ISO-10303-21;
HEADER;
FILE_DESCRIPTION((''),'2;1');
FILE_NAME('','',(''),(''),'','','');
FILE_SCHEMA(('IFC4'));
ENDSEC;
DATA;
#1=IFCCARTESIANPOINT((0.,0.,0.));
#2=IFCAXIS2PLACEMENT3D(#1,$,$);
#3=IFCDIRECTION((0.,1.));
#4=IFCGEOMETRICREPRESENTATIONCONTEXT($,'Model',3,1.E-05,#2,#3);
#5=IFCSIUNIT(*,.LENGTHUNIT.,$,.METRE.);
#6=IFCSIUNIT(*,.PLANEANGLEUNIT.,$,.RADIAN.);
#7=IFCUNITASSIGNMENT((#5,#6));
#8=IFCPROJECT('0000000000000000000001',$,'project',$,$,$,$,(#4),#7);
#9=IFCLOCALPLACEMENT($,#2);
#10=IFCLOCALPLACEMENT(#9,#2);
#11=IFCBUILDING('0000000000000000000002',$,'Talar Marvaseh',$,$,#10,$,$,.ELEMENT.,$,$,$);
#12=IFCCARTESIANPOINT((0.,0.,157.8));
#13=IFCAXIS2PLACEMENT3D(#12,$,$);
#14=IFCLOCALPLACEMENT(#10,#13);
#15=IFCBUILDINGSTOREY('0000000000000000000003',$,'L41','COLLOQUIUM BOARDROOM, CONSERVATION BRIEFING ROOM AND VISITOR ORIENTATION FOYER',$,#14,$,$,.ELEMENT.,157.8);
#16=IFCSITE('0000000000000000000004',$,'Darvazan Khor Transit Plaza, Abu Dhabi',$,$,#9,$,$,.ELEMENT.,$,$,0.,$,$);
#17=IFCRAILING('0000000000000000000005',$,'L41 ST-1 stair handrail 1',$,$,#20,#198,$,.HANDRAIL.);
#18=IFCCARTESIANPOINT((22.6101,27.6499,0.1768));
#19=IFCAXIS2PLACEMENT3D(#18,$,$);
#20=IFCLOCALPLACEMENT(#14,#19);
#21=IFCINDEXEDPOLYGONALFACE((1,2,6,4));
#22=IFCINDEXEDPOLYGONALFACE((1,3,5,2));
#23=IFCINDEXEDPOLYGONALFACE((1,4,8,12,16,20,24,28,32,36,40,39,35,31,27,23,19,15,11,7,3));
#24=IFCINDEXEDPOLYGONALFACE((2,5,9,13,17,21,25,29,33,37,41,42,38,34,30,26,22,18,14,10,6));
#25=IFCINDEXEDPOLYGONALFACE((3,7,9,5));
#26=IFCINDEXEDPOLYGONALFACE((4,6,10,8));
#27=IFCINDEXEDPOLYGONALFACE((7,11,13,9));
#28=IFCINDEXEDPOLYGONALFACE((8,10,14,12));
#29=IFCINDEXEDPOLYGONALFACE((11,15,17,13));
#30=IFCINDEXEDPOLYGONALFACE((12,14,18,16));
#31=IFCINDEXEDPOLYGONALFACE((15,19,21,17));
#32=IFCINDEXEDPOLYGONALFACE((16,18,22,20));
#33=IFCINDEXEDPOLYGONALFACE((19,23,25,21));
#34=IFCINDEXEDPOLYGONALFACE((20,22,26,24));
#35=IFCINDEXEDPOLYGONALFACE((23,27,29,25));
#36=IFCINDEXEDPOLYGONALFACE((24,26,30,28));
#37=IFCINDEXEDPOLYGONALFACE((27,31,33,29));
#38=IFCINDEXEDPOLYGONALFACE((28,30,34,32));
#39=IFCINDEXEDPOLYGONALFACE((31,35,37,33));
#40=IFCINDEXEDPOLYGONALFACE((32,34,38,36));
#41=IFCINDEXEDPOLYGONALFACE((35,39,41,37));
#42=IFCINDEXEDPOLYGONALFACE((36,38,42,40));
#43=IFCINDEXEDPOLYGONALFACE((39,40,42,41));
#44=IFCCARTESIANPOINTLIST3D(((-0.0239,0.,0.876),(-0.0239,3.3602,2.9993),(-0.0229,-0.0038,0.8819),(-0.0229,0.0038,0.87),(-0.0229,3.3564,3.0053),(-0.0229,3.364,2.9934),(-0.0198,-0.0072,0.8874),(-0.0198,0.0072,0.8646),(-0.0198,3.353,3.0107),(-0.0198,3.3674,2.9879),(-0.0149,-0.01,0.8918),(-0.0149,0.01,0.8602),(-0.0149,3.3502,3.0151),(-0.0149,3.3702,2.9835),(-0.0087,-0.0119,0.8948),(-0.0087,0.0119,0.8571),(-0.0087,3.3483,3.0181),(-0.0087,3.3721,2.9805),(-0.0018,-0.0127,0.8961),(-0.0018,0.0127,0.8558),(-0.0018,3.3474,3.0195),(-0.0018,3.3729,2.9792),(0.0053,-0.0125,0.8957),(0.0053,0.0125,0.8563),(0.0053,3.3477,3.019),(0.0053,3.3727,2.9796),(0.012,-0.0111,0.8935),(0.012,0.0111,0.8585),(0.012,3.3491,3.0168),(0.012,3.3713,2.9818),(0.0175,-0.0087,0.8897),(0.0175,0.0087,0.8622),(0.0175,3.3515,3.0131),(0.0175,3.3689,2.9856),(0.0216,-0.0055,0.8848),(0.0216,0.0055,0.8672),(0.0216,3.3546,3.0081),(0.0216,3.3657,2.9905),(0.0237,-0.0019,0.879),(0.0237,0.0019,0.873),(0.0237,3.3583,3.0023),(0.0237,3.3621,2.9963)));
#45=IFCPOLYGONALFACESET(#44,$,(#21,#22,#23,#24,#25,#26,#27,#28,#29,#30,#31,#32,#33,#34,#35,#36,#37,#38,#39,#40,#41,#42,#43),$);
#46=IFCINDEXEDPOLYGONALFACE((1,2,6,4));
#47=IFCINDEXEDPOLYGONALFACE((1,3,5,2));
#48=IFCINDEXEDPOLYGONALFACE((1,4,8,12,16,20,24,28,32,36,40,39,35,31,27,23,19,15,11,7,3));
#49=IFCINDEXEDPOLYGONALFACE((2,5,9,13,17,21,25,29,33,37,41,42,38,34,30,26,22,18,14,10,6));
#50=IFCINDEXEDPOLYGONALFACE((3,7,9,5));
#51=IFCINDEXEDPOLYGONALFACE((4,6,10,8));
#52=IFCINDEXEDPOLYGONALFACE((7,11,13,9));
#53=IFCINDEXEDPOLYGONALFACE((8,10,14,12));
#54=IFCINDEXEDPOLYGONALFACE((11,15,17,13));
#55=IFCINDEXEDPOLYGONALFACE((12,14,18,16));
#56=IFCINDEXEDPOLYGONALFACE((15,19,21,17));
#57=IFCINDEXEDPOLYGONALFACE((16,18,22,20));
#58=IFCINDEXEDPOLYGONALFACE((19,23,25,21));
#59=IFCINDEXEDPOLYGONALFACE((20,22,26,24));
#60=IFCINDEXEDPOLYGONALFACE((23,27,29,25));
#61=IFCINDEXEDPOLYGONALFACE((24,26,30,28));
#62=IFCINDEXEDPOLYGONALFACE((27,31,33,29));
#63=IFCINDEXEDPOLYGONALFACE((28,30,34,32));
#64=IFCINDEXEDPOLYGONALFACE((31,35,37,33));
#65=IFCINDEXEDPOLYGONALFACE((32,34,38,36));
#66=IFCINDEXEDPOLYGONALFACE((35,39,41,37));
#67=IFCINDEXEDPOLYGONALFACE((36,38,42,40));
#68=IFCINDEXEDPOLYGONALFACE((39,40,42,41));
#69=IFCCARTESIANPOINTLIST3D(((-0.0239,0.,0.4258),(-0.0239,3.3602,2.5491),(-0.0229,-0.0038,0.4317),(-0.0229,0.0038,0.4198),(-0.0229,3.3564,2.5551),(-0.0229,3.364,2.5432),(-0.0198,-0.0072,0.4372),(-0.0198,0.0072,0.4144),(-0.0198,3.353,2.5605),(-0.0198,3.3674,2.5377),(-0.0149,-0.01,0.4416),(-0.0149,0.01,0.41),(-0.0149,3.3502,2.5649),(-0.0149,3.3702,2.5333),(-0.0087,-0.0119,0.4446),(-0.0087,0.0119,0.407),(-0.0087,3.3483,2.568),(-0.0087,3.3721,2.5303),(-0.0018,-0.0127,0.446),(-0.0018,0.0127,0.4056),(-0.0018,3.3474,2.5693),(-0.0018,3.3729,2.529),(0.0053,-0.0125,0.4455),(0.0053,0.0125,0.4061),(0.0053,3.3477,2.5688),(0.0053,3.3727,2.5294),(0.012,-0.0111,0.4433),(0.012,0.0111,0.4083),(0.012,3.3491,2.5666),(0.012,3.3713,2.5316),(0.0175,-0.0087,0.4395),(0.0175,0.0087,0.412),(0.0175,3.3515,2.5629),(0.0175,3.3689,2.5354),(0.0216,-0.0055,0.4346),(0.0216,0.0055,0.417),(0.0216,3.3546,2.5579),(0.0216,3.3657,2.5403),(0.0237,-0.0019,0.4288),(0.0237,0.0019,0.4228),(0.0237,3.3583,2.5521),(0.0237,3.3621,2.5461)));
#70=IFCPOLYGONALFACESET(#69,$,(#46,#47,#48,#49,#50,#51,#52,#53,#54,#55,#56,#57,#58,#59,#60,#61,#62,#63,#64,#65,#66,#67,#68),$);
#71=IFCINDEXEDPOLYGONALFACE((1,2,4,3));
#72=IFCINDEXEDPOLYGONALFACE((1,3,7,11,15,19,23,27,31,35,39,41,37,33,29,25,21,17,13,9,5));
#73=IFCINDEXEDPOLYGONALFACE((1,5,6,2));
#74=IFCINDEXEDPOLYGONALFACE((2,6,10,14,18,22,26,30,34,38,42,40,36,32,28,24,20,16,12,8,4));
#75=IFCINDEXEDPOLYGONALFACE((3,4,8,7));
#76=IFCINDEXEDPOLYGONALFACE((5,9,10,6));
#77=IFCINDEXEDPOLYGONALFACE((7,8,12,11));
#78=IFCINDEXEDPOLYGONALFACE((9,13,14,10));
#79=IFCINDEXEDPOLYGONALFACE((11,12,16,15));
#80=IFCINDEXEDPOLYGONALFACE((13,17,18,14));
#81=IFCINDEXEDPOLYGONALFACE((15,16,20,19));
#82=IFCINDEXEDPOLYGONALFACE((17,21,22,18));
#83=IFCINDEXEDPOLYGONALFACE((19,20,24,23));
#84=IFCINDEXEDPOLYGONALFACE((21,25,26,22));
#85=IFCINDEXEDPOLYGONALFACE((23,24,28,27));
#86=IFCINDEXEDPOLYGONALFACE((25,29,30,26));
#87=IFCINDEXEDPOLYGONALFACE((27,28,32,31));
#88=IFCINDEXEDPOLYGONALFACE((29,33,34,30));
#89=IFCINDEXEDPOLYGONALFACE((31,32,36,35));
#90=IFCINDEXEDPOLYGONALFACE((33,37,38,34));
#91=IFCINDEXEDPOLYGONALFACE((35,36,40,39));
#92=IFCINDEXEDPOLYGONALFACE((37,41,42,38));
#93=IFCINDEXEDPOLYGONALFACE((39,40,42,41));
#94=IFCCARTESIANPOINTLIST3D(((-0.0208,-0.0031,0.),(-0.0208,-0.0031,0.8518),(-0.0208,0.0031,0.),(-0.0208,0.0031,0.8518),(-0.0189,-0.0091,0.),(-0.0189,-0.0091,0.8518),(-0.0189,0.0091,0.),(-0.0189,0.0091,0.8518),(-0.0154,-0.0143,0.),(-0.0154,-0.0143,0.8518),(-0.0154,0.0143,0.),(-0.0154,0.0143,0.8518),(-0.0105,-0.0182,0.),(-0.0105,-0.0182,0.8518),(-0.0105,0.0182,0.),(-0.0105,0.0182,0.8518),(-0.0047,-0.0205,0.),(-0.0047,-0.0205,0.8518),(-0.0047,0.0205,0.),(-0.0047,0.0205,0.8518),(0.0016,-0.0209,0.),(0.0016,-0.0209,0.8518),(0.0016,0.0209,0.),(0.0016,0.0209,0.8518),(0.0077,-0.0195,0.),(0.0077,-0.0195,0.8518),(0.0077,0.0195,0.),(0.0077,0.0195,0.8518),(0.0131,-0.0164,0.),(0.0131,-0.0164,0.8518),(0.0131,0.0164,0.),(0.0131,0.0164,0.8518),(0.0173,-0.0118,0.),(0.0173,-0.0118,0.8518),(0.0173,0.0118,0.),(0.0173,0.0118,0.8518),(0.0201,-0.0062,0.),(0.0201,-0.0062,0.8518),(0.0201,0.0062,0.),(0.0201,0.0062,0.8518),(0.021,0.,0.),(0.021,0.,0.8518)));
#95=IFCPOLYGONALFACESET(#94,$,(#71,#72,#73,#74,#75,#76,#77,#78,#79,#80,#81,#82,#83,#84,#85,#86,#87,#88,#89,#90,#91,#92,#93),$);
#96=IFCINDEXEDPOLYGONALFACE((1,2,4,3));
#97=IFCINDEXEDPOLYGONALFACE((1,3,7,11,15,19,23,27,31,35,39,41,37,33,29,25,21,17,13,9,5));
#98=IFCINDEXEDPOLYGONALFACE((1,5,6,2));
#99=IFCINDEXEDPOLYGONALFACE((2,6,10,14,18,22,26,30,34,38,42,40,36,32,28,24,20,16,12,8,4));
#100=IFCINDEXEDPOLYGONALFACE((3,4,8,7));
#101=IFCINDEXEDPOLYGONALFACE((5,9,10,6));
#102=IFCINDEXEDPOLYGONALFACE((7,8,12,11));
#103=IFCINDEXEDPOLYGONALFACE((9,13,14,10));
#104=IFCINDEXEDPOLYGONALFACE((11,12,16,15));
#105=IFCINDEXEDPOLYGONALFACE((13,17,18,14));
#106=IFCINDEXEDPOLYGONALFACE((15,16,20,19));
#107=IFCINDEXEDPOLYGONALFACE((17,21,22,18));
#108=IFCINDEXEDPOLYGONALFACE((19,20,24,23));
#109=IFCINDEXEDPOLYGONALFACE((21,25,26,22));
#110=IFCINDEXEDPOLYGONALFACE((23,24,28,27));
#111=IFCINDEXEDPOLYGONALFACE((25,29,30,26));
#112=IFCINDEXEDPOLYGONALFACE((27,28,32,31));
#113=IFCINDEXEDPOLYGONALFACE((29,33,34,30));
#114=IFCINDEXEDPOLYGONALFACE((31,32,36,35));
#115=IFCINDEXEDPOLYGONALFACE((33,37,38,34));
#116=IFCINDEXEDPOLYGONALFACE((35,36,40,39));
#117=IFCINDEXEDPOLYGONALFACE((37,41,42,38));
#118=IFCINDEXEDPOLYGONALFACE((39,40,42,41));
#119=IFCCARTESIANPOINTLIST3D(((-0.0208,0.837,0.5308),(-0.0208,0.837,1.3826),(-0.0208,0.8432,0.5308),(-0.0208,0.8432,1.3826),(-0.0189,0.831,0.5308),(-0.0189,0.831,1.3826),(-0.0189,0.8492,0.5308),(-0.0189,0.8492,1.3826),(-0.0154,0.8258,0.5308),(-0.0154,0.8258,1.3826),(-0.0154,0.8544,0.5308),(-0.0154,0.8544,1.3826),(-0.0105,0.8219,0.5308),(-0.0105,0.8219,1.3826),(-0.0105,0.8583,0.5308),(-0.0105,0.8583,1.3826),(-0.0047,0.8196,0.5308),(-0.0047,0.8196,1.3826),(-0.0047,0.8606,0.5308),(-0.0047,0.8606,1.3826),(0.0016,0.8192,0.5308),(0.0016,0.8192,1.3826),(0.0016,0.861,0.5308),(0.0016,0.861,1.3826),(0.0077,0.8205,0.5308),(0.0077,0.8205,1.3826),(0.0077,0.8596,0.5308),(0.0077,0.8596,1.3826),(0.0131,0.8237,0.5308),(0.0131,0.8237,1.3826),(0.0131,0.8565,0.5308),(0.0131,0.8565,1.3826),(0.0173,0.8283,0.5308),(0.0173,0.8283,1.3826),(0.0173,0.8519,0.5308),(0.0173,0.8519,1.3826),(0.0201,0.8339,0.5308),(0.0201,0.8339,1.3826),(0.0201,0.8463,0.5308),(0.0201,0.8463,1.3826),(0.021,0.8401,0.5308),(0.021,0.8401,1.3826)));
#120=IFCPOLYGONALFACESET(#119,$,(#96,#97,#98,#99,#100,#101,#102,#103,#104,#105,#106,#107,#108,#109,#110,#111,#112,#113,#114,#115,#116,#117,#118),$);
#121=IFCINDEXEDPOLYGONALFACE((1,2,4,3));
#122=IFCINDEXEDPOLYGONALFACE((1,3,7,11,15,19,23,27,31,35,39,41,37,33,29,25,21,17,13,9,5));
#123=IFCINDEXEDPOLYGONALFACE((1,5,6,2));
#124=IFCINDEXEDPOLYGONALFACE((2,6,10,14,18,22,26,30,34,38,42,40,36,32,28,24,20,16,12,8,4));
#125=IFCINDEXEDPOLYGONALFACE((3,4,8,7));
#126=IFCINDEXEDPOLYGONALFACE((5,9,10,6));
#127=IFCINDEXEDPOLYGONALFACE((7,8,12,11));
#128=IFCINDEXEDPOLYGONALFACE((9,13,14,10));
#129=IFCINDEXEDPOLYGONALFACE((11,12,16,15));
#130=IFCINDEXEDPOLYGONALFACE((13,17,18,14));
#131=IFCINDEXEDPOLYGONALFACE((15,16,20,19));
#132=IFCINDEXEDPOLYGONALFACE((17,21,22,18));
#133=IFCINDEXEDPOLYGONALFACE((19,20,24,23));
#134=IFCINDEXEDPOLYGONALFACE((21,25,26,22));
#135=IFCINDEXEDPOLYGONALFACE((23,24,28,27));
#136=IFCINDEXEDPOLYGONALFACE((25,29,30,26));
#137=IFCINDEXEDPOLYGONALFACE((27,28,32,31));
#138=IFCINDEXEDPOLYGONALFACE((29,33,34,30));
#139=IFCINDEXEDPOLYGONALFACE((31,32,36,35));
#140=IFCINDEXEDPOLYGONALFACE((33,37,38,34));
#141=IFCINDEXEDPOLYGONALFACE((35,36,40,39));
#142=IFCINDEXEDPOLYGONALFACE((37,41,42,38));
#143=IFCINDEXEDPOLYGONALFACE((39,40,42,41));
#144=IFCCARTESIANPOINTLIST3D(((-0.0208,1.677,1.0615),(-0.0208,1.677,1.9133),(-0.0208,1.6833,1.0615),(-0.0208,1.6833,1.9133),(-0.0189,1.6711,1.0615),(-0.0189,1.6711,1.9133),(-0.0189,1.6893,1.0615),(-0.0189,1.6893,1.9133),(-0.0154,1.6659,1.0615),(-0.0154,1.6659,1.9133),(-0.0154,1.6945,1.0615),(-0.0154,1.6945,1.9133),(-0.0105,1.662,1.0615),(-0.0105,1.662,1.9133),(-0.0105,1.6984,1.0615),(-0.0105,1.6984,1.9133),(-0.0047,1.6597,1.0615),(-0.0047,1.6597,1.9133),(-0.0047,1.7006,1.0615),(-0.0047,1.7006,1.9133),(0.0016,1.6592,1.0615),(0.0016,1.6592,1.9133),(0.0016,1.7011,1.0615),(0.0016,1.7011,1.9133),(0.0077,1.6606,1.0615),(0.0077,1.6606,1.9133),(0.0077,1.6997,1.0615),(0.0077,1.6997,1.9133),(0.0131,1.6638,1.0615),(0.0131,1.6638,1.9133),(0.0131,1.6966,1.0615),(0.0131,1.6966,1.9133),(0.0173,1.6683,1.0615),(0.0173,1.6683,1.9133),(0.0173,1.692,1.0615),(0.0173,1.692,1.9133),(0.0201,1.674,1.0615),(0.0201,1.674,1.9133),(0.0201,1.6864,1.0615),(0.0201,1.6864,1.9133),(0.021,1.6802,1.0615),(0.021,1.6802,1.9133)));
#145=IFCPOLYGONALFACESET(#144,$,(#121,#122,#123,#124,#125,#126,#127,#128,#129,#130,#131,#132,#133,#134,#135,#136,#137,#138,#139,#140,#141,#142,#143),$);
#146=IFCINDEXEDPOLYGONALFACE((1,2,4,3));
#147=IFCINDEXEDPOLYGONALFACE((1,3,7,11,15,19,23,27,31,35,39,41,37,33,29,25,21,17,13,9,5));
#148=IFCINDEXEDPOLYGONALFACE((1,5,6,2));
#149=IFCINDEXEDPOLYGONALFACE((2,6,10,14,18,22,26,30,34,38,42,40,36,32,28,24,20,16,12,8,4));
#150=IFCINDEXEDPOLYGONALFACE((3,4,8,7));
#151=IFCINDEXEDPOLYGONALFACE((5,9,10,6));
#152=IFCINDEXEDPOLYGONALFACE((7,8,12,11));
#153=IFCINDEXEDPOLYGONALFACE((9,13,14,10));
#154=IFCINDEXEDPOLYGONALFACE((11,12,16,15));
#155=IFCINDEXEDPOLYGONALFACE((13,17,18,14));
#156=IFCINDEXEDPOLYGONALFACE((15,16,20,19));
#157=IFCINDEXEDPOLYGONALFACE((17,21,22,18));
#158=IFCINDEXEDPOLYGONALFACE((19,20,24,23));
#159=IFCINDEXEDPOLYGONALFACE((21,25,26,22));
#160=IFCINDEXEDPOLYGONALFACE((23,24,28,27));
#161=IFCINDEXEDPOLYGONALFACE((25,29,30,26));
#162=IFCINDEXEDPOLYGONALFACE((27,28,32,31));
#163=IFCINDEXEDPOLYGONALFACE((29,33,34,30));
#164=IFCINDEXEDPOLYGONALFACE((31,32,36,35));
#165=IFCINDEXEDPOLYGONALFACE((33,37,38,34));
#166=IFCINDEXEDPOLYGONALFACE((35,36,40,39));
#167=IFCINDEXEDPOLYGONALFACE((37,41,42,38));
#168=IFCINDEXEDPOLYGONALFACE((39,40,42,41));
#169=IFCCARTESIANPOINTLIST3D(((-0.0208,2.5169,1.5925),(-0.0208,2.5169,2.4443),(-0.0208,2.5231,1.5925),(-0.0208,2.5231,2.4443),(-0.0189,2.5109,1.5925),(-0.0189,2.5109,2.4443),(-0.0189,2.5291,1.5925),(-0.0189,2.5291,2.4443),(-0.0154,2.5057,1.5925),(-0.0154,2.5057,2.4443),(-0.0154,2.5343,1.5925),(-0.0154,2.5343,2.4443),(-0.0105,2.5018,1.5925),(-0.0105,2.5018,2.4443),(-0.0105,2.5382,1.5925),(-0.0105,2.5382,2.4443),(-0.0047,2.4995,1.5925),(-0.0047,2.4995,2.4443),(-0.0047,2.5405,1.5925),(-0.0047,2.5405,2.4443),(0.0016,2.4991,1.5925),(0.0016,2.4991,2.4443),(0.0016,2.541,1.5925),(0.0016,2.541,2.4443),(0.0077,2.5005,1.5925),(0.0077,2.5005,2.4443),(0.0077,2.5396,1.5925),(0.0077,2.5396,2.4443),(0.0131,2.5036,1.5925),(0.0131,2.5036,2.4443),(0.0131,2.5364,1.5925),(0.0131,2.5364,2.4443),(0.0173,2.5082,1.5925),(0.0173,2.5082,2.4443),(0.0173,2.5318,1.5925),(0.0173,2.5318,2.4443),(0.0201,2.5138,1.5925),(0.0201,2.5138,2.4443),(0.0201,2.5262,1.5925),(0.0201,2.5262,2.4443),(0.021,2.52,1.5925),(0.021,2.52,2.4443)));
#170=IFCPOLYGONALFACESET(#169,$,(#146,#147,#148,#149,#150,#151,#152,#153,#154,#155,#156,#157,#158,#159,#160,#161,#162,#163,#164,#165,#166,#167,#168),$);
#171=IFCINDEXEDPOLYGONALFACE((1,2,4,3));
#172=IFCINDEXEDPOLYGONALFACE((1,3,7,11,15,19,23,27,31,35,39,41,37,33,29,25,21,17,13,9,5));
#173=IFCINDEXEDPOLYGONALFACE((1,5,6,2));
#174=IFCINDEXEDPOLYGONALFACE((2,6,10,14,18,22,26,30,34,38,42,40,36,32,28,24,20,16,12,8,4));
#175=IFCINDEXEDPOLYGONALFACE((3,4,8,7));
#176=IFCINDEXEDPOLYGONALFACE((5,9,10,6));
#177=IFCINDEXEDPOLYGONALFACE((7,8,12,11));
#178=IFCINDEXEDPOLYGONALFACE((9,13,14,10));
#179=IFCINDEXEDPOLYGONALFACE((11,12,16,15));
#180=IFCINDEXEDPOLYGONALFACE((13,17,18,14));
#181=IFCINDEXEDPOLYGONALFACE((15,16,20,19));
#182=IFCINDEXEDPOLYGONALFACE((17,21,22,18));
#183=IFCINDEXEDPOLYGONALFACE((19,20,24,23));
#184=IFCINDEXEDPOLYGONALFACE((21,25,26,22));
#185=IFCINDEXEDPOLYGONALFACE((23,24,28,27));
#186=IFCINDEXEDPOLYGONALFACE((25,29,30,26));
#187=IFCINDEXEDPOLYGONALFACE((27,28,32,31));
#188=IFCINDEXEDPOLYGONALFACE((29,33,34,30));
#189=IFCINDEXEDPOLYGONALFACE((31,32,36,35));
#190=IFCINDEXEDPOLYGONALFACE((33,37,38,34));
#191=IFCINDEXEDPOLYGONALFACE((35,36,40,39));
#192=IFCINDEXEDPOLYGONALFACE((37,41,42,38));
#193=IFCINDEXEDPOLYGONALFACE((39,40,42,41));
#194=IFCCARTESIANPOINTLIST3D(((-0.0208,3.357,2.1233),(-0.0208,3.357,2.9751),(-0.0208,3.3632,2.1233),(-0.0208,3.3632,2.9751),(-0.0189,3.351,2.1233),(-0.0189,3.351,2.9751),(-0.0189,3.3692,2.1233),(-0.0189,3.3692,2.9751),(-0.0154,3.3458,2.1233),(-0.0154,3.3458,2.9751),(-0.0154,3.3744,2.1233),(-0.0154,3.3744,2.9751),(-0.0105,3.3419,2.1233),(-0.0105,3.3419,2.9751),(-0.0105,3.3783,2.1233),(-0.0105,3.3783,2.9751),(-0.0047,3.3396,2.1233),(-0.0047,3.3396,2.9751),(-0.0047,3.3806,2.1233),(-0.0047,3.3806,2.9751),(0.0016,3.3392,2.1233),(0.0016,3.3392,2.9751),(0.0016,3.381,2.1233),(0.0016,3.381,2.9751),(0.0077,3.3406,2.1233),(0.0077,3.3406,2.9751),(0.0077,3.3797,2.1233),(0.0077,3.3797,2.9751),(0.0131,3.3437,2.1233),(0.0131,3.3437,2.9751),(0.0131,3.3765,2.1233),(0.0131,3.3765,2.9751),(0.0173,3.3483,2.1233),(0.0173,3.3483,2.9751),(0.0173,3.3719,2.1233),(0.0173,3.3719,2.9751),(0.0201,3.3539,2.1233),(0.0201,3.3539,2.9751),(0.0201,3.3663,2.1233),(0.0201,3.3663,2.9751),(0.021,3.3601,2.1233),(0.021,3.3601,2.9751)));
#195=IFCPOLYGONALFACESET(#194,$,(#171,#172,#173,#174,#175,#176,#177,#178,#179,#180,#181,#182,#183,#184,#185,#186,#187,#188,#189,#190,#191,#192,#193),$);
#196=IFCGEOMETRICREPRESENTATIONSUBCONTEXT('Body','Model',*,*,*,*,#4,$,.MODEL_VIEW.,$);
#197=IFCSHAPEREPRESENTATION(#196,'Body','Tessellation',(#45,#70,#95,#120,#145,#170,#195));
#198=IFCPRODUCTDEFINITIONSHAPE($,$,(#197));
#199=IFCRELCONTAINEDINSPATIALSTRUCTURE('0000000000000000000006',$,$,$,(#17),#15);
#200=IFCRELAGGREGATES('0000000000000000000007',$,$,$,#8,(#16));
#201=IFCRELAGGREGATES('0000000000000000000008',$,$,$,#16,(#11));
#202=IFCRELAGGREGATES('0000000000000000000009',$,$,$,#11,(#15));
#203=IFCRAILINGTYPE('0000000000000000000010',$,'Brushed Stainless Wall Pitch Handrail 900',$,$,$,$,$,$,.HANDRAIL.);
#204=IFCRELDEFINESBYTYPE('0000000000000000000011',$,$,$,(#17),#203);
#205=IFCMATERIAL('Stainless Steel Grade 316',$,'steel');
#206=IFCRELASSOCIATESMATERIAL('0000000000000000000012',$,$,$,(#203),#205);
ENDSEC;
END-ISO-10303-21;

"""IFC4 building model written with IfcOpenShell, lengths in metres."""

from ifc_helpers import new_model, si_unit, direction, frame, origin, origin_2d, place, context, subcontext, project, spatial, circle, extrude, material, type_object, element, save


model = new_model("IFC4")

# Units and contexts
model_context = context("Model", 3, precision=1e-05, world=origin(), true_north=direction((0.0, 1.0)))
body_context = subcontext(model_context, "Body", "Model", "MODEL_VIEW")
ifc_project = project(units=[si_unit("LENGTHUNIT", "METRE"), si_unit("PLANEANGLEUNIT", "RADIAN")], contexts=[model_context])

# Site, building, storey
site_placement = place(None, origin())
site = spatial("IfcSite", under=ifc_project, at=site_placement, Name="Darvazan Khor Transit Plaza, Abu Dhabi", CompositionType="ELEMENT", RefElevation=0.0)
building_placement = place(site_placement, origin())
building = spatial("IfcBuilding", under=site, at=building_placement, Name="Talar Marvaseh", CompositionType="ELEMENT")
storey_placement = place(building_placement, frame((0.0, 0.0, 157.8)))
storey = spatial("IfcBuildingStorey", under=building, at=storey_placement, Name="L41", Description="COLLOQUIUM BOARDROOM, CONSERVATION BRIEFING ROOM AND VISITOR ORIENTATION FOYER", CompositionType="ELEMENT", Elevation=157.8)

# Shared definitions
ifc_material_1 = material(Name="Stainless Steel Grade 316", Category="steel")

# Railing
railing_type_1 = type_object("IfcRailingType", Name="Brushed Stainless Wall Pitch Handrail 900", PredefinedType="HANDRAIL", material=ifc_material_1)
railing_1_placement = place(storey_placement, frame((22.6101, 27.6499, 0.1768)))
element("IfcRailing", 1, at=railing_1_placement, inside=storey, type_object=railing_type_1, Name="L41 ST-1 stair handrail 1", PredefinedType="HANDRAIL", context=body_context, shape_type="SweptSolid", body=[
    extrude(circle(Radius=0.0239, at=origin_2d()), frame((0.0, 0.0, 0.876), z_axis=(0.0, 0.845362, 0.534194), x_axis=(-1.0, 0.0, 0.0)), (0.0, 0.0, 1.0), 3.9749),
    extrude(circle(Radius=0.0239, at=origin_2d()), frame((0.0, 0.0, 0.4258), z_axis=(0.0, 0.845362, 0.534194), x_axis=(-1.0, 0.0, 0.0)), (0.0, 0.0, 1.0), 3.9749),
    extrude(circle(Radius=0.021, at=origin_2d()), origin(), (0.0, 0.0, 1.0), 0.8518),
    extrude(circle(Radius=0.021, at=origin_2d()), frame((0.0, 0.8401, 0.5308)), (0.0, 0.0, 1.0), 0.8518),
    extrude(circle(Radius=0.021, at=origin_2d()), frame((0.0, 1.6802, 1.0615)), (0.0, 0.0, 1.0), 0.8518),
    extrude(circle(Radius=0.021, at=origin_2d()), frame((0.0, 2.52, 1.5925)), (0.0, 0.0, 1.0), 0.8518),
    extrude(circle(Radius=0.021, at=origin_2d()), frame((0.0, 3.3601, 2.1233)), (0.0, 0.0, 1.0), 0.8518),
])

save(model, "model.ifc")
